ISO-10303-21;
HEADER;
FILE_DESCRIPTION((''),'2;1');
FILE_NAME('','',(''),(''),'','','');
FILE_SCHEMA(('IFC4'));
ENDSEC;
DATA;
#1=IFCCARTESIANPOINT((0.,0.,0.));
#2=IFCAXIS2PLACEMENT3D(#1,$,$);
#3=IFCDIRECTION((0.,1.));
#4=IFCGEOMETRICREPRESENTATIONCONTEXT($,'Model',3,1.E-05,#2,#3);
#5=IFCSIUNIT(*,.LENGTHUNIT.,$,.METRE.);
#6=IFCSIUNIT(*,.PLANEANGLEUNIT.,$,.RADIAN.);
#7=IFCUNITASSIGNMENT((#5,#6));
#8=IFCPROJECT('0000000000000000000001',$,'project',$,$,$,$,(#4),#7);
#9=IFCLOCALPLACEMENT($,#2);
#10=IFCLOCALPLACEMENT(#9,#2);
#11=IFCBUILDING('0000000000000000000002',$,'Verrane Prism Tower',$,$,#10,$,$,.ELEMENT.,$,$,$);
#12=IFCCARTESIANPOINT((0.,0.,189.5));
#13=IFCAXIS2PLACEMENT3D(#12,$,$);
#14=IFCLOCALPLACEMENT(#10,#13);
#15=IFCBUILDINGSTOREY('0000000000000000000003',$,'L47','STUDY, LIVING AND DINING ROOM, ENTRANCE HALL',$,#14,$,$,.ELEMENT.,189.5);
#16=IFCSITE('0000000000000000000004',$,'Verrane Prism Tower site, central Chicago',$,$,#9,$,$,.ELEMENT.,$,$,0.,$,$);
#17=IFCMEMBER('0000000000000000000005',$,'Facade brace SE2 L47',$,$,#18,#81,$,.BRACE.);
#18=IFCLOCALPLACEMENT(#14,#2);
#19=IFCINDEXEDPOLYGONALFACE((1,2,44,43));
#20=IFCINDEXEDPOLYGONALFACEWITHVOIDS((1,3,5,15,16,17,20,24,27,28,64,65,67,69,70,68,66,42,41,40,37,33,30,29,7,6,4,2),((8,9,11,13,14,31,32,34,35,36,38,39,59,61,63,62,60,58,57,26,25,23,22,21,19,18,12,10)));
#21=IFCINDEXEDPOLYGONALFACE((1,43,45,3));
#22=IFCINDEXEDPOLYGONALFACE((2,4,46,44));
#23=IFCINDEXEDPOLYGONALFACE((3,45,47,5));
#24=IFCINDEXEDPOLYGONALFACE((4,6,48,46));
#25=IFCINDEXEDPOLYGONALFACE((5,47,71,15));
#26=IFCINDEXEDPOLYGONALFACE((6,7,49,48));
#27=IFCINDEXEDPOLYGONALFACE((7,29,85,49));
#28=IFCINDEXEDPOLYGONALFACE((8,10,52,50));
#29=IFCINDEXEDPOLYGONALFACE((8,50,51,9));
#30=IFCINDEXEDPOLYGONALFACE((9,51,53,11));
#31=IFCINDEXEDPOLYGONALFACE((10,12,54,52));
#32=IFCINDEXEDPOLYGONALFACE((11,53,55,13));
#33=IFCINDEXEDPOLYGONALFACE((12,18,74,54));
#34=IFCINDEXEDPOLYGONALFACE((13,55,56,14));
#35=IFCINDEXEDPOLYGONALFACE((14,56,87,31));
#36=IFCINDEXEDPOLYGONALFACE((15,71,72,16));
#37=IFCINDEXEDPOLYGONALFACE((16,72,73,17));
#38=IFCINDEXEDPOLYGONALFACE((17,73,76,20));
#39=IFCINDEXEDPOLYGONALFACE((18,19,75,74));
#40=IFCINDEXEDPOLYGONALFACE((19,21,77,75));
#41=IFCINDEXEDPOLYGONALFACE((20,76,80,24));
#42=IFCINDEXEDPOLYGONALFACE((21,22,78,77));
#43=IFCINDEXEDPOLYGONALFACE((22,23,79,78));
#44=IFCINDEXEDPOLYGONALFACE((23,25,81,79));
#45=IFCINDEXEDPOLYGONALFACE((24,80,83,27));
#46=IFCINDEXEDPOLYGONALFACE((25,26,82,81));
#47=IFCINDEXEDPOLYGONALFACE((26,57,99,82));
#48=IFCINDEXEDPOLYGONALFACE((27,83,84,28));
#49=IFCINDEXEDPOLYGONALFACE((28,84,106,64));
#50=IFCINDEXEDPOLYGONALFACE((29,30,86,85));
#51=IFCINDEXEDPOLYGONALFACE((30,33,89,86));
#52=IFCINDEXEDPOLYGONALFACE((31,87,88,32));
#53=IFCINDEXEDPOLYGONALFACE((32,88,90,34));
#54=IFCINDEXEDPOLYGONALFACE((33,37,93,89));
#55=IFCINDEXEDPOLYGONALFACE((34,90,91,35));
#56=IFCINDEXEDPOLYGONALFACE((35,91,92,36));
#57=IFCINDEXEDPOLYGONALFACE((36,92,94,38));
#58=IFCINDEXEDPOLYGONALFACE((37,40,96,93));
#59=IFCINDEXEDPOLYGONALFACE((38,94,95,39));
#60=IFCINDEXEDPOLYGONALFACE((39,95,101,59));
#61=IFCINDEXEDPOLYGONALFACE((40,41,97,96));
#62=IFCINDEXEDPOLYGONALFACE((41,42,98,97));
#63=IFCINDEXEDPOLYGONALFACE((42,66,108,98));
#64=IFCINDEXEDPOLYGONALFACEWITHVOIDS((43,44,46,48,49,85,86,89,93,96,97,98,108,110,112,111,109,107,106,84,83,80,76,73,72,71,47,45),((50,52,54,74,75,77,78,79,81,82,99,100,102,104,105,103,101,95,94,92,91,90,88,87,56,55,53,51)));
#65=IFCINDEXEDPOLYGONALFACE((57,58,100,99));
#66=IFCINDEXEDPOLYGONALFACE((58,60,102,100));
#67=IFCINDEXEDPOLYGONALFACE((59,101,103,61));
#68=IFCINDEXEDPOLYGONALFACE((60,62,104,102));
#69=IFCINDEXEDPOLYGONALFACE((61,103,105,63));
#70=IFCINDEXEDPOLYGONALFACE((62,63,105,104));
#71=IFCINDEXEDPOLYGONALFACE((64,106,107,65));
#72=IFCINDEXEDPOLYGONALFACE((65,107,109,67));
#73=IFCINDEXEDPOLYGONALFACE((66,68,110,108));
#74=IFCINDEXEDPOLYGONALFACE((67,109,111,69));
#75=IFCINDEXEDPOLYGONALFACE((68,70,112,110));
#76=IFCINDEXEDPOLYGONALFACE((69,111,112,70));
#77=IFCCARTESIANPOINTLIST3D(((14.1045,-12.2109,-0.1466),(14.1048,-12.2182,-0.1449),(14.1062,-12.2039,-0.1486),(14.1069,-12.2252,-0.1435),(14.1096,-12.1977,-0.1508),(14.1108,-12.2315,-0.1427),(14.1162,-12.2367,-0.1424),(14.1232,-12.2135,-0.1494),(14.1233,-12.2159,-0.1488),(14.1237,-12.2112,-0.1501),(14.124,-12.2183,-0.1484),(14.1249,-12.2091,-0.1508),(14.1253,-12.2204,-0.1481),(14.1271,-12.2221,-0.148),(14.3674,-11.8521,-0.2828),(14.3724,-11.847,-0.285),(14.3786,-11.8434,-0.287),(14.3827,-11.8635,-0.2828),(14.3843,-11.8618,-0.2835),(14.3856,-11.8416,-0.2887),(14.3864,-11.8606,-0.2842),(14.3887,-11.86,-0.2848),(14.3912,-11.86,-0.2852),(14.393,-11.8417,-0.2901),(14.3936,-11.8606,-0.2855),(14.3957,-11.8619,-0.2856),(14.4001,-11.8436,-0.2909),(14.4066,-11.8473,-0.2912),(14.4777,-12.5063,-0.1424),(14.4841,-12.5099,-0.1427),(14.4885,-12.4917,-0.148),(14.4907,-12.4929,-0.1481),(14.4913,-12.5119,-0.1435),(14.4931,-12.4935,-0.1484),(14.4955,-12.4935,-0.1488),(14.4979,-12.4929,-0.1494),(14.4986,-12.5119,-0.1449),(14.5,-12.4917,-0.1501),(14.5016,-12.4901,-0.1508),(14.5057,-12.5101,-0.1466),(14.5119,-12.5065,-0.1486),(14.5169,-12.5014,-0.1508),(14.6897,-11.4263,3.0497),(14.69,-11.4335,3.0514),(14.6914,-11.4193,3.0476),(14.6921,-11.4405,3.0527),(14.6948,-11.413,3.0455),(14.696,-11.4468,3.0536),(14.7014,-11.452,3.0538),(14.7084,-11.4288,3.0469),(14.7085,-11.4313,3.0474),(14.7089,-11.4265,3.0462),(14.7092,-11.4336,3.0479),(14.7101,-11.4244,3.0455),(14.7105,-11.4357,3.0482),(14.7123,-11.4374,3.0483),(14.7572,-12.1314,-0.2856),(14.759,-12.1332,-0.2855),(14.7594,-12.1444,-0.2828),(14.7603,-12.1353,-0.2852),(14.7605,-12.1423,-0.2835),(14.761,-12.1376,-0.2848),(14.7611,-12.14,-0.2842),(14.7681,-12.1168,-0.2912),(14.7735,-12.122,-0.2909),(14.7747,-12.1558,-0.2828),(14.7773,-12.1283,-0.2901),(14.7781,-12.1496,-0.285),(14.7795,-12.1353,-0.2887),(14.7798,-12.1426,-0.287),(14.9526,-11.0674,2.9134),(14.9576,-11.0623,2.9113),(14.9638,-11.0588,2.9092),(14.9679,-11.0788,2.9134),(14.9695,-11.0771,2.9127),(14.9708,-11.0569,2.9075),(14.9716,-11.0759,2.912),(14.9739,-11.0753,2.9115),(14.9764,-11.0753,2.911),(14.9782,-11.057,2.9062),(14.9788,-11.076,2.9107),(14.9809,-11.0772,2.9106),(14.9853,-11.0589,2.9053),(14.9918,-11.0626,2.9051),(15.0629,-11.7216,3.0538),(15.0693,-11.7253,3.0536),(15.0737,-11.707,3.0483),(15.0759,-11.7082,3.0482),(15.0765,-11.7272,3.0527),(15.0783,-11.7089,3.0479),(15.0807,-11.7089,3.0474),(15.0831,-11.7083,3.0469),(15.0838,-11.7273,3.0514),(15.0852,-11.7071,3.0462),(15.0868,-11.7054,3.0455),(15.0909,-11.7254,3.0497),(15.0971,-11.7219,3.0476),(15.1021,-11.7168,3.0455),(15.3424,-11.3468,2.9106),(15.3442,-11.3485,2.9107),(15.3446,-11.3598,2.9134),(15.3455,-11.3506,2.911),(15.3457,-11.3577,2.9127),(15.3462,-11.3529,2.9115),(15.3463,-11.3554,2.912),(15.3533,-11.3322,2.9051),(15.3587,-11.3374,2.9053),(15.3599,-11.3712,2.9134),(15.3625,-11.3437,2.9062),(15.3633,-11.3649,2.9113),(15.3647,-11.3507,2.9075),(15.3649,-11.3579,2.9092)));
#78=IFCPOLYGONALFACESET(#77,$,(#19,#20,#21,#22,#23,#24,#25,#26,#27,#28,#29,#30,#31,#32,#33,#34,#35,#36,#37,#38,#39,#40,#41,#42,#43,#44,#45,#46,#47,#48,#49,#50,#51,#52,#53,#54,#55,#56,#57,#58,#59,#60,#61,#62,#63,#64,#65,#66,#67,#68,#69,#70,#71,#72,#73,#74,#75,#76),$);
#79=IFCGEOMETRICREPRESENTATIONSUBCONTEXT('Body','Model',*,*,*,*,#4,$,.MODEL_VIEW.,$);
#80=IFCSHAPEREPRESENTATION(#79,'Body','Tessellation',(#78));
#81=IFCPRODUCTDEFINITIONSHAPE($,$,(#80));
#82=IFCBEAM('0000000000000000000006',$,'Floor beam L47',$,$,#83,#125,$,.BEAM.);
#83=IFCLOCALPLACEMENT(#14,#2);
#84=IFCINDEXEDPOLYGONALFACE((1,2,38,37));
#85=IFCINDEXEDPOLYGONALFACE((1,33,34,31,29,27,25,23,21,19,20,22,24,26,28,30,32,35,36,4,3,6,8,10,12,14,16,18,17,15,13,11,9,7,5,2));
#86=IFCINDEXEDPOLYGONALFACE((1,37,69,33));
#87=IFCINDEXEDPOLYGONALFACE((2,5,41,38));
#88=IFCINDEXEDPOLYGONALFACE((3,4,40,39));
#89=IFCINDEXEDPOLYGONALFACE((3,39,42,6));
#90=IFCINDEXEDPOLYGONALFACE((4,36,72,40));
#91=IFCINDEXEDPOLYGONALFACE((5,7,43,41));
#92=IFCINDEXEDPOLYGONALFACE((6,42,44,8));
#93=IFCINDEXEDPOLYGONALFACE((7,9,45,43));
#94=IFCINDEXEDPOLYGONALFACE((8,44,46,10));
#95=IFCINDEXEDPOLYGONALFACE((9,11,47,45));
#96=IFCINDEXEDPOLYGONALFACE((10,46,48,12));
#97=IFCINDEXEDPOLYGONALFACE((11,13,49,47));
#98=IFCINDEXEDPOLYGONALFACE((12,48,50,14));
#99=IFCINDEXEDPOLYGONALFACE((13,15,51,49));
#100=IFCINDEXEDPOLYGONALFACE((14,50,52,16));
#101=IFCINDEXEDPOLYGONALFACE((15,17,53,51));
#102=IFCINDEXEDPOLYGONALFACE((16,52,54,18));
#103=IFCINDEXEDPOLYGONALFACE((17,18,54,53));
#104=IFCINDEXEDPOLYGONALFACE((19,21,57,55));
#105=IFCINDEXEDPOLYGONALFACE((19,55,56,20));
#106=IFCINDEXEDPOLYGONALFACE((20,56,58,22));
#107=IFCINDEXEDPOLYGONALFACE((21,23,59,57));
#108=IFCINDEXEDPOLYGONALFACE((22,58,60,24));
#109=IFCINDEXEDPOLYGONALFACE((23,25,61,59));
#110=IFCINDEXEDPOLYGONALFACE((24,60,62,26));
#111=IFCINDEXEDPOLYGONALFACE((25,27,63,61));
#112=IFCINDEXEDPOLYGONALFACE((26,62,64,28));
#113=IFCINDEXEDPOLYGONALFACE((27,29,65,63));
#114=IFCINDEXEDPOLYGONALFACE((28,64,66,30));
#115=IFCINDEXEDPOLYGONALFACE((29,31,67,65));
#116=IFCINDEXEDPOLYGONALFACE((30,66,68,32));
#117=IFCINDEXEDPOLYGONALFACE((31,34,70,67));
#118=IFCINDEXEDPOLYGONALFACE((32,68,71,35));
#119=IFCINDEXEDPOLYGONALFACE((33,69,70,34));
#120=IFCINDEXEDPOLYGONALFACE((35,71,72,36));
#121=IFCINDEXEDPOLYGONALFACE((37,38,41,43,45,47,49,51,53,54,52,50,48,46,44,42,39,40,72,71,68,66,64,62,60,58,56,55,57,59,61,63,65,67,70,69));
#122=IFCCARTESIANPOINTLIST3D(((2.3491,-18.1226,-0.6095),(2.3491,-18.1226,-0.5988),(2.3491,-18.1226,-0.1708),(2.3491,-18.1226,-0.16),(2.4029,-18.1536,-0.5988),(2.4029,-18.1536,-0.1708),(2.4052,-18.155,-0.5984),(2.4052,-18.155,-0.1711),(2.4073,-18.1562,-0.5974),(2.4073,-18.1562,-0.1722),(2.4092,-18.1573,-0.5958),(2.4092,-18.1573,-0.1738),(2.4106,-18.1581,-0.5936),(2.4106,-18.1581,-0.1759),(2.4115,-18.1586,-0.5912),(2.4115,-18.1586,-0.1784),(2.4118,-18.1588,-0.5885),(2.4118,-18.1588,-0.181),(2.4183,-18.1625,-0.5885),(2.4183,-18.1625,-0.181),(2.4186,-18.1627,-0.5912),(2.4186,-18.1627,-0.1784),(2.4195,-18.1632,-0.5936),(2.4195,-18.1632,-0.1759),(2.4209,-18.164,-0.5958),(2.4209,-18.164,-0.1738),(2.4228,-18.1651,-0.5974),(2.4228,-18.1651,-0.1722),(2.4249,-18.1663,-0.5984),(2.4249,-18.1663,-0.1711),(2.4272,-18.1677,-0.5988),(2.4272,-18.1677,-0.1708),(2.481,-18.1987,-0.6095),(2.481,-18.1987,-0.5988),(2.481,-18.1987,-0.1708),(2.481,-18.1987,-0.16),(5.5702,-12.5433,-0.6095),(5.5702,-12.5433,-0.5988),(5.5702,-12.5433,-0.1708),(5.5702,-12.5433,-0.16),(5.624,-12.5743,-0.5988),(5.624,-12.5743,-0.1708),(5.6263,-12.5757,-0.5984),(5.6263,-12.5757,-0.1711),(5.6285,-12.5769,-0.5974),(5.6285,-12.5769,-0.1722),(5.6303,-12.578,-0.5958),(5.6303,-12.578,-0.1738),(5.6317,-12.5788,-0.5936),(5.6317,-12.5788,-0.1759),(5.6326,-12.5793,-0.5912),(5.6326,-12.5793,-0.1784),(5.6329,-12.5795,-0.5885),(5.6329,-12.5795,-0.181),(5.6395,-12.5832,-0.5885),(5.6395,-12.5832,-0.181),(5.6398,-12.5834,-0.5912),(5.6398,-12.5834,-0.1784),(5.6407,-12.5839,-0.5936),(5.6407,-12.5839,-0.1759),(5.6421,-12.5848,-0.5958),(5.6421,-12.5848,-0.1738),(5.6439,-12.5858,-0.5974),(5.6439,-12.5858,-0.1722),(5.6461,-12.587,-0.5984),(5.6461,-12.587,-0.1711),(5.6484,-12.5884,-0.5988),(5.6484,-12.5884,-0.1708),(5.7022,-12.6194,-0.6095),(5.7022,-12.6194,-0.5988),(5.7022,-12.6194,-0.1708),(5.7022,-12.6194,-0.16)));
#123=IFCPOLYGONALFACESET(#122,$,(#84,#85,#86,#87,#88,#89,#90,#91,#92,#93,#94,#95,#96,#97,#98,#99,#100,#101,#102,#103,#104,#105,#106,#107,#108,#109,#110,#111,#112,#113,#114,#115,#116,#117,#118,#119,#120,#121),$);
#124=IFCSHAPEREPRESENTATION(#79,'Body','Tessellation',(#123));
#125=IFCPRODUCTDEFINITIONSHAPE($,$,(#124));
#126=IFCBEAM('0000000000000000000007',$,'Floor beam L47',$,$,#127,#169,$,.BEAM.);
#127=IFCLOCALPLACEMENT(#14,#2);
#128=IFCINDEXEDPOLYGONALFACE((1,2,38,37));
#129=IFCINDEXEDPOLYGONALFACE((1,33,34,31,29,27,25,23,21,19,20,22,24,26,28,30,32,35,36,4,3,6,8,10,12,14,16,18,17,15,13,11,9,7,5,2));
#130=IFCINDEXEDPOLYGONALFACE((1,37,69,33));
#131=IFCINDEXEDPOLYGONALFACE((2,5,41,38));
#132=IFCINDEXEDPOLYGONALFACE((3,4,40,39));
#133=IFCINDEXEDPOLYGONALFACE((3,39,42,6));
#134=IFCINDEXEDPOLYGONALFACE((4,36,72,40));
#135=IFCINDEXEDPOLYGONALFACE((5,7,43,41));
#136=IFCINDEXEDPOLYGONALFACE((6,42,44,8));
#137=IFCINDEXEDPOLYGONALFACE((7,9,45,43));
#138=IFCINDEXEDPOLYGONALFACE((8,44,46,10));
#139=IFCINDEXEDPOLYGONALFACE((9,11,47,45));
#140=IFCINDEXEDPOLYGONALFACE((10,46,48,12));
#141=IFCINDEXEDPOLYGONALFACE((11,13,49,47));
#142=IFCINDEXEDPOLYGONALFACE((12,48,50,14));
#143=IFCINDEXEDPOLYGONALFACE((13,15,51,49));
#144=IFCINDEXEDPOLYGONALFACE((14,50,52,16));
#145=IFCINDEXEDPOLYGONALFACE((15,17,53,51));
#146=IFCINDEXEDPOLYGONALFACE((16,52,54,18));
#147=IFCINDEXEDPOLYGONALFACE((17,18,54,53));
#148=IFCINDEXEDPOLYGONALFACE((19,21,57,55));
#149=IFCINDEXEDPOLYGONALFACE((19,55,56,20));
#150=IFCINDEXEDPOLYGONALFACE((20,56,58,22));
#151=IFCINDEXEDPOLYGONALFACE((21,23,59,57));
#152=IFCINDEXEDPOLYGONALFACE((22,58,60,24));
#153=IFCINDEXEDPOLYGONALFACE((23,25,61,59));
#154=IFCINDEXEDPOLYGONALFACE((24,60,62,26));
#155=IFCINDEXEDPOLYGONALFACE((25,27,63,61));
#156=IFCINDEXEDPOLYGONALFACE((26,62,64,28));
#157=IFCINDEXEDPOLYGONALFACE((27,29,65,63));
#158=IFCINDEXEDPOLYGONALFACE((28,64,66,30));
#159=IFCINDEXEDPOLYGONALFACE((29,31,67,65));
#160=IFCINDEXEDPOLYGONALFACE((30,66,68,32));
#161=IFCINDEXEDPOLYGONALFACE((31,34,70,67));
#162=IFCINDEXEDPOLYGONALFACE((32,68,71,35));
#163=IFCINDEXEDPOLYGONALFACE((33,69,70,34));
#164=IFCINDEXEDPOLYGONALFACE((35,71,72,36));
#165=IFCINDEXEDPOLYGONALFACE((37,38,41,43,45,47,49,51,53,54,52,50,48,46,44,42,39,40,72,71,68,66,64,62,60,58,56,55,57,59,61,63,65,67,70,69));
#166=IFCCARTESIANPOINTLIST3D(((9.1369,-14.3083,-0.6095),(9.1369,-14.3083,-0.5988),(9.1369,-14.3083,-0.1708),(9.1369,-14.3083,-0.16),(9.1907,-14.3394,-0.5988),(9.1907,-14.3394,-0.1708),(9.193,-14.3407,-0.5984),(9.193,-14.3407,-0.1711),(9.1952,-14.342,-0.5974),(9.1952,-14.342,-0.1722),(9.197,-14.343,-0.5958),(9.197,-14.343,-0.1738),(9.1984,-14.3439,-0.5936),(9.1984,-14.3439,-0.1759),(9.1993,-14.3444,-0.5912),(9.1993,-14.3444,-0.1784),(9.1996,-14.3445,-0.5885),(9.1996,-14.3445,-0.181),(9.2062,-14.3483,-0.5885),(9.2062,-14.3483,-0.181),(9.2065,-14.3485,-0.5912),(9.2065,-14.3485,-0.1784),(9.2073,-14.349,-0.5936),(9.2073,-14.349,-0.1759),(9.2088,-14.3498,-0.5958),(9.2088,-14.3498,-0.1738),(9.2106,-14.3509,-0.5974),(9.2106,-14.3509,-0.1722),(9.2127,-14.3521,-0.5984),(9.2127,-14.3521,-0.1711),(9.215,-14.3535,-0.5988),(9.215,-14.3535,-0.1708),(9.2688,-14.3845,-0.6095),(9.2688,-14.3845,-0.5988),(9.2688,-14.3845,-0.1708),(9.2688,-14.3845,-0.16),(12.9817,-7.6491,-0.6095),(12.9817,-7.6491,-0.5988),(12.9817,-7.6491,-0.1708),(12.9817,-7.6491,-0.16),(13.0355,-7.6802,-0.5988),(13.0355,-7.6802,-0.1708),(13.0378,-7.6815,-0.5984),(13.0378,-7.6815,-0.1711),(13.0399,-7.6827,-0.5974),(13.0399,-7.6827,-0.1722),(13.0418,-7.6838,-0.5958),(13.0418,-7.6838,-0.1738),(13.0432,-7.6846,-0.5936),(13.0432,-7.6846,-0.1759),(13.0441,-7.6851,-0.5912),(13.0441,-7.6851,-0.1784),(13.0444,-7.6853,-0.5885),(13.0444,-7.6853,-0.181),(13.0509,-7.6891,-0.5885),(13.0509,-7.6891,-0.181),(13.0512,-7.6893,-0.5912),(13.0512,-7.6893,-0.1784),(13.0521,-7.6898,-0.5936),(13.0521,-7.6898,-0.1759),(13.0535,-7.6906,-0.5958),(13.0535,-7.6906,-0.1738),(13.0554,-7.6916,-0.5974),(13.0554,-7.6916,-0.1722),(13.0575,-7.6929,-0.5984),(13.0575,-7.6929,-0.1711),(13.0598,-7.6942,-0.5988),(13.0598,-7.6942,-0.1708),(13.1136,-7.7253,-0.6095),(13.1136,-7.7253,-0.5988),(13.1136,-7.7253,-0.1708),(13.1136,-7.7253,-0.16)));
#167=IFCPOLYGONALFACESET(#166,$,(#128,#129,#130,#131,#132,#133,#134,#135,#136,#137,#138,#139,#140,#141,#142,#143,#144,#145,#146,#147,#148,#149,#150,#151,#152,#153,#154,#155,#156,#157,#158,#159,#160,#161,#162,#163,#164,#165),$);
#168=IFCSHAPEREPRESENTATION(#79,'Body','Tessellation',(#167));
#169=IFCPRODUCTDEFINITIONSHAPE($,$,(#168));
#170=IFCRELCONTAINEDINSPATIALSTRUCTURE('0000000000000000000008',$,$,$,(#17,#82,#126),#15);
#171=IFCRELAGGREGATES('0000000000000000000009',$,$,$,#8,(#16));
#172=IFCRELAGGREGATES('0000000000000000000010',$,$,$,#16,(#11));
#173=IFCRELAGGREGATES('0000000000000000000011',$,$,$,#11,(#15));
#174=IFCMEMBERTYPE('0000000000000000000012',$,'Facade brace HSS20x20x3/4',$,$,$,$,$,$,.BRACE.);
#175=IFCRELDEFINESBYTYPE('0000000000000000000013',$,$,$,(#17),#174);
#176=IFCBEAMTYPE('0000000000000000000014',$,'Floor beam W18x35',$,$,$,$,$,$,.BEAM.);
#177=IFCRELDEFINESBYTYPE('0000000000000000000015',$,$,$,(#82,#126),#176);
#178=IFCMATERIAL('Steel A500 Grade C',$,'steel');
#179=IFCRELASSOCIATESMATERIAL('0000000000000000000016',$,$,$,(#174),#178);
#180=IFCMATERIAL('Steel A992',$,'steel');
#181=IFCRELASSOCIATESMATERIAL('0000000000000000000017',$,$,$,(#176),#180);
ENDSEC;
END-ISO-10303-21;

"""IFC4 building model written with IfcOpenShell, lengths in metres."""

from ifc_helpers import new_model, si_unit, direction, frame, origin, origin_2d, place, context, subcontext, project, spatial, hollow_rectangle, i_section, extrude, material, material_profile, profile_set, type_object, element, save


model = new_model("IFC4")

# Units and contexts
model_context = context("Model", 3, precision=1e-05, world=origin(), true_north=direction((0.0, 1.0)))
body_context = subcontext(model_context, "Body", "Model", "MODEL_VIEW")
ifc_project = project(units=[si_unit("LENGTHUNIT", "METRE"), si_unit("PLANEANGLEUNIT", "RADIAN")], contexts=[model_context])

# Site, building, storey
site_placement = place(None, origin())
site = spatial("IfcSite", under=ifc_project, at=site_placement, Name="Verrane Prism Tower site, central Chicago", CompositionType="ELEMENT", RefElevation=0.0)
building_placement = place(site_placement, origin())
building = spatial("IfcBuilding", under=site, at=building_placement, Name="Verrane Prism Tower", CompositionType="ELEMENT")
storey_placement = place(building_placement, frame((0.0, 0.0, 189.5)))
storey = spatial("IfcBuildingStorey", under=building, at=storey_placement, Name="L47", Description="STUDY, LIVING AND DINING ROOM, ENTRANCE HALL", CompositionType="ELEMENT", Elevation=189.5)

# Member
ifc_material_1 = material(Name="Steel A500 Grade C", Category="steel")
ifc_material_profile_1 = material_profile(ifc_material_1, hollow_rectangle(XDim=0.5081, YDim=0.5081, WallThickness=0.019, InnerFilletRadius=0.0095, OuterFilletRadius=0.0286, at=origin_2d()), Name="HSS20x20x3/4")
ifc_profile_set_1 = profile_set([ifc_material_profile_1], Name="Steel A500 Grade C")
member_type_1 = type_object("IfcMemberType", Name="Facade brace HSS20x20x3/4", PredefinedType="BRACE", material=ifc_profile_set_1)
member_1_placement = place(storey_placement, frame((14.4421, -12.1768, -0.2168), z_axis=(0.175063, 0.234732, 0.956166), x_axis=(-0.801613, 0.597843, 0.0)))
element("IfcMember", 1, at=member_1_placement, inside=storey, type_object=member_type_1, Name="Facade brace SE2 L47", PredefinedType="BRACE", context=body_context, shape_type="SweptSolid", body=[
    extrude(hollow_rectangle(XDim=0.5081, YDim=0.5081, WallThickness=0.019, InnerFilletRadius=0.0095, OuterFilletRadius=0.0286, at=origin_2d()), origin(), (0.0, 0.0, 1.0), 3.3428),
])

# Beams
ifc_material_2 = material(Name="Steel A992", Category="steel")
ifc_material_profile_2 = material_profile(ifc_material_2, i_section(OverallWidth=0.1523, OverallDepth=0.4495, WebThickness=0.0076, FlangeThickness=0.0107, FilletRadius=0.0103, at=origin_2d()), Name="W18x35")
ifc_profile_set_2 = profile_set([ifc_material_profile_2], Name="Steel A992")
beam_type_1 = type_object("IfcBeamType", Name="Floor beam W18x35", PredefinedType="BEAM", material=ifc_profile_set_2)
beam_1_placement = place(storey_placement, frame((2.415, -18.1606, -0.3848), z_axis=(0.499995, 0.866028, 0.0), x_axis=(-0.866028, 0.499995, 0.0)))
element("IfcBeam", 2, at=beam_1_placement, inside=storey, type_object=beam_type_1, Name="Floor beam L47", PredefinedType="BEAM", context=body_context, shape_type="SweptSolid", body=[
    extrude(i_section(OverallWidth=0.1523, OverallDepth=0.4495, WebThickness=0.0076, FlangeThickness=0.0107, FilletRadius=0.0103, at=origin_2d()), origin(), (0.0, 0.0, 1.0), 6.4424),
])
for number, where, z_axis, x_axis, name in (
    (3, (9.2029, -14.3464, -0.3848), (0.500005, 0.866023, 0.0), (-0.866023, 0.500005, 0.0), "Floor beam L47"),
):
    element("IfcBeam", number, at=place(storey_placement, frame(where, z_axis=z_axis, x_axis=x_axis)), inside=storey, type_object=beam_type_1, Name=name, PredefinedType="BEAM", context=body_context, shape_type="SweptSolid", body=[
        extrude(i_section(OverallWidth=0.1523, OverallDepth=0.4495, WebThickness=0.0076, FlangeThickness=0.0107, FilletRadius=0.0103, at=origin_2d()), origin(), (0.0, 0.0, 1.0), 7.6895),
    ])

save(model, "model.ifc")
